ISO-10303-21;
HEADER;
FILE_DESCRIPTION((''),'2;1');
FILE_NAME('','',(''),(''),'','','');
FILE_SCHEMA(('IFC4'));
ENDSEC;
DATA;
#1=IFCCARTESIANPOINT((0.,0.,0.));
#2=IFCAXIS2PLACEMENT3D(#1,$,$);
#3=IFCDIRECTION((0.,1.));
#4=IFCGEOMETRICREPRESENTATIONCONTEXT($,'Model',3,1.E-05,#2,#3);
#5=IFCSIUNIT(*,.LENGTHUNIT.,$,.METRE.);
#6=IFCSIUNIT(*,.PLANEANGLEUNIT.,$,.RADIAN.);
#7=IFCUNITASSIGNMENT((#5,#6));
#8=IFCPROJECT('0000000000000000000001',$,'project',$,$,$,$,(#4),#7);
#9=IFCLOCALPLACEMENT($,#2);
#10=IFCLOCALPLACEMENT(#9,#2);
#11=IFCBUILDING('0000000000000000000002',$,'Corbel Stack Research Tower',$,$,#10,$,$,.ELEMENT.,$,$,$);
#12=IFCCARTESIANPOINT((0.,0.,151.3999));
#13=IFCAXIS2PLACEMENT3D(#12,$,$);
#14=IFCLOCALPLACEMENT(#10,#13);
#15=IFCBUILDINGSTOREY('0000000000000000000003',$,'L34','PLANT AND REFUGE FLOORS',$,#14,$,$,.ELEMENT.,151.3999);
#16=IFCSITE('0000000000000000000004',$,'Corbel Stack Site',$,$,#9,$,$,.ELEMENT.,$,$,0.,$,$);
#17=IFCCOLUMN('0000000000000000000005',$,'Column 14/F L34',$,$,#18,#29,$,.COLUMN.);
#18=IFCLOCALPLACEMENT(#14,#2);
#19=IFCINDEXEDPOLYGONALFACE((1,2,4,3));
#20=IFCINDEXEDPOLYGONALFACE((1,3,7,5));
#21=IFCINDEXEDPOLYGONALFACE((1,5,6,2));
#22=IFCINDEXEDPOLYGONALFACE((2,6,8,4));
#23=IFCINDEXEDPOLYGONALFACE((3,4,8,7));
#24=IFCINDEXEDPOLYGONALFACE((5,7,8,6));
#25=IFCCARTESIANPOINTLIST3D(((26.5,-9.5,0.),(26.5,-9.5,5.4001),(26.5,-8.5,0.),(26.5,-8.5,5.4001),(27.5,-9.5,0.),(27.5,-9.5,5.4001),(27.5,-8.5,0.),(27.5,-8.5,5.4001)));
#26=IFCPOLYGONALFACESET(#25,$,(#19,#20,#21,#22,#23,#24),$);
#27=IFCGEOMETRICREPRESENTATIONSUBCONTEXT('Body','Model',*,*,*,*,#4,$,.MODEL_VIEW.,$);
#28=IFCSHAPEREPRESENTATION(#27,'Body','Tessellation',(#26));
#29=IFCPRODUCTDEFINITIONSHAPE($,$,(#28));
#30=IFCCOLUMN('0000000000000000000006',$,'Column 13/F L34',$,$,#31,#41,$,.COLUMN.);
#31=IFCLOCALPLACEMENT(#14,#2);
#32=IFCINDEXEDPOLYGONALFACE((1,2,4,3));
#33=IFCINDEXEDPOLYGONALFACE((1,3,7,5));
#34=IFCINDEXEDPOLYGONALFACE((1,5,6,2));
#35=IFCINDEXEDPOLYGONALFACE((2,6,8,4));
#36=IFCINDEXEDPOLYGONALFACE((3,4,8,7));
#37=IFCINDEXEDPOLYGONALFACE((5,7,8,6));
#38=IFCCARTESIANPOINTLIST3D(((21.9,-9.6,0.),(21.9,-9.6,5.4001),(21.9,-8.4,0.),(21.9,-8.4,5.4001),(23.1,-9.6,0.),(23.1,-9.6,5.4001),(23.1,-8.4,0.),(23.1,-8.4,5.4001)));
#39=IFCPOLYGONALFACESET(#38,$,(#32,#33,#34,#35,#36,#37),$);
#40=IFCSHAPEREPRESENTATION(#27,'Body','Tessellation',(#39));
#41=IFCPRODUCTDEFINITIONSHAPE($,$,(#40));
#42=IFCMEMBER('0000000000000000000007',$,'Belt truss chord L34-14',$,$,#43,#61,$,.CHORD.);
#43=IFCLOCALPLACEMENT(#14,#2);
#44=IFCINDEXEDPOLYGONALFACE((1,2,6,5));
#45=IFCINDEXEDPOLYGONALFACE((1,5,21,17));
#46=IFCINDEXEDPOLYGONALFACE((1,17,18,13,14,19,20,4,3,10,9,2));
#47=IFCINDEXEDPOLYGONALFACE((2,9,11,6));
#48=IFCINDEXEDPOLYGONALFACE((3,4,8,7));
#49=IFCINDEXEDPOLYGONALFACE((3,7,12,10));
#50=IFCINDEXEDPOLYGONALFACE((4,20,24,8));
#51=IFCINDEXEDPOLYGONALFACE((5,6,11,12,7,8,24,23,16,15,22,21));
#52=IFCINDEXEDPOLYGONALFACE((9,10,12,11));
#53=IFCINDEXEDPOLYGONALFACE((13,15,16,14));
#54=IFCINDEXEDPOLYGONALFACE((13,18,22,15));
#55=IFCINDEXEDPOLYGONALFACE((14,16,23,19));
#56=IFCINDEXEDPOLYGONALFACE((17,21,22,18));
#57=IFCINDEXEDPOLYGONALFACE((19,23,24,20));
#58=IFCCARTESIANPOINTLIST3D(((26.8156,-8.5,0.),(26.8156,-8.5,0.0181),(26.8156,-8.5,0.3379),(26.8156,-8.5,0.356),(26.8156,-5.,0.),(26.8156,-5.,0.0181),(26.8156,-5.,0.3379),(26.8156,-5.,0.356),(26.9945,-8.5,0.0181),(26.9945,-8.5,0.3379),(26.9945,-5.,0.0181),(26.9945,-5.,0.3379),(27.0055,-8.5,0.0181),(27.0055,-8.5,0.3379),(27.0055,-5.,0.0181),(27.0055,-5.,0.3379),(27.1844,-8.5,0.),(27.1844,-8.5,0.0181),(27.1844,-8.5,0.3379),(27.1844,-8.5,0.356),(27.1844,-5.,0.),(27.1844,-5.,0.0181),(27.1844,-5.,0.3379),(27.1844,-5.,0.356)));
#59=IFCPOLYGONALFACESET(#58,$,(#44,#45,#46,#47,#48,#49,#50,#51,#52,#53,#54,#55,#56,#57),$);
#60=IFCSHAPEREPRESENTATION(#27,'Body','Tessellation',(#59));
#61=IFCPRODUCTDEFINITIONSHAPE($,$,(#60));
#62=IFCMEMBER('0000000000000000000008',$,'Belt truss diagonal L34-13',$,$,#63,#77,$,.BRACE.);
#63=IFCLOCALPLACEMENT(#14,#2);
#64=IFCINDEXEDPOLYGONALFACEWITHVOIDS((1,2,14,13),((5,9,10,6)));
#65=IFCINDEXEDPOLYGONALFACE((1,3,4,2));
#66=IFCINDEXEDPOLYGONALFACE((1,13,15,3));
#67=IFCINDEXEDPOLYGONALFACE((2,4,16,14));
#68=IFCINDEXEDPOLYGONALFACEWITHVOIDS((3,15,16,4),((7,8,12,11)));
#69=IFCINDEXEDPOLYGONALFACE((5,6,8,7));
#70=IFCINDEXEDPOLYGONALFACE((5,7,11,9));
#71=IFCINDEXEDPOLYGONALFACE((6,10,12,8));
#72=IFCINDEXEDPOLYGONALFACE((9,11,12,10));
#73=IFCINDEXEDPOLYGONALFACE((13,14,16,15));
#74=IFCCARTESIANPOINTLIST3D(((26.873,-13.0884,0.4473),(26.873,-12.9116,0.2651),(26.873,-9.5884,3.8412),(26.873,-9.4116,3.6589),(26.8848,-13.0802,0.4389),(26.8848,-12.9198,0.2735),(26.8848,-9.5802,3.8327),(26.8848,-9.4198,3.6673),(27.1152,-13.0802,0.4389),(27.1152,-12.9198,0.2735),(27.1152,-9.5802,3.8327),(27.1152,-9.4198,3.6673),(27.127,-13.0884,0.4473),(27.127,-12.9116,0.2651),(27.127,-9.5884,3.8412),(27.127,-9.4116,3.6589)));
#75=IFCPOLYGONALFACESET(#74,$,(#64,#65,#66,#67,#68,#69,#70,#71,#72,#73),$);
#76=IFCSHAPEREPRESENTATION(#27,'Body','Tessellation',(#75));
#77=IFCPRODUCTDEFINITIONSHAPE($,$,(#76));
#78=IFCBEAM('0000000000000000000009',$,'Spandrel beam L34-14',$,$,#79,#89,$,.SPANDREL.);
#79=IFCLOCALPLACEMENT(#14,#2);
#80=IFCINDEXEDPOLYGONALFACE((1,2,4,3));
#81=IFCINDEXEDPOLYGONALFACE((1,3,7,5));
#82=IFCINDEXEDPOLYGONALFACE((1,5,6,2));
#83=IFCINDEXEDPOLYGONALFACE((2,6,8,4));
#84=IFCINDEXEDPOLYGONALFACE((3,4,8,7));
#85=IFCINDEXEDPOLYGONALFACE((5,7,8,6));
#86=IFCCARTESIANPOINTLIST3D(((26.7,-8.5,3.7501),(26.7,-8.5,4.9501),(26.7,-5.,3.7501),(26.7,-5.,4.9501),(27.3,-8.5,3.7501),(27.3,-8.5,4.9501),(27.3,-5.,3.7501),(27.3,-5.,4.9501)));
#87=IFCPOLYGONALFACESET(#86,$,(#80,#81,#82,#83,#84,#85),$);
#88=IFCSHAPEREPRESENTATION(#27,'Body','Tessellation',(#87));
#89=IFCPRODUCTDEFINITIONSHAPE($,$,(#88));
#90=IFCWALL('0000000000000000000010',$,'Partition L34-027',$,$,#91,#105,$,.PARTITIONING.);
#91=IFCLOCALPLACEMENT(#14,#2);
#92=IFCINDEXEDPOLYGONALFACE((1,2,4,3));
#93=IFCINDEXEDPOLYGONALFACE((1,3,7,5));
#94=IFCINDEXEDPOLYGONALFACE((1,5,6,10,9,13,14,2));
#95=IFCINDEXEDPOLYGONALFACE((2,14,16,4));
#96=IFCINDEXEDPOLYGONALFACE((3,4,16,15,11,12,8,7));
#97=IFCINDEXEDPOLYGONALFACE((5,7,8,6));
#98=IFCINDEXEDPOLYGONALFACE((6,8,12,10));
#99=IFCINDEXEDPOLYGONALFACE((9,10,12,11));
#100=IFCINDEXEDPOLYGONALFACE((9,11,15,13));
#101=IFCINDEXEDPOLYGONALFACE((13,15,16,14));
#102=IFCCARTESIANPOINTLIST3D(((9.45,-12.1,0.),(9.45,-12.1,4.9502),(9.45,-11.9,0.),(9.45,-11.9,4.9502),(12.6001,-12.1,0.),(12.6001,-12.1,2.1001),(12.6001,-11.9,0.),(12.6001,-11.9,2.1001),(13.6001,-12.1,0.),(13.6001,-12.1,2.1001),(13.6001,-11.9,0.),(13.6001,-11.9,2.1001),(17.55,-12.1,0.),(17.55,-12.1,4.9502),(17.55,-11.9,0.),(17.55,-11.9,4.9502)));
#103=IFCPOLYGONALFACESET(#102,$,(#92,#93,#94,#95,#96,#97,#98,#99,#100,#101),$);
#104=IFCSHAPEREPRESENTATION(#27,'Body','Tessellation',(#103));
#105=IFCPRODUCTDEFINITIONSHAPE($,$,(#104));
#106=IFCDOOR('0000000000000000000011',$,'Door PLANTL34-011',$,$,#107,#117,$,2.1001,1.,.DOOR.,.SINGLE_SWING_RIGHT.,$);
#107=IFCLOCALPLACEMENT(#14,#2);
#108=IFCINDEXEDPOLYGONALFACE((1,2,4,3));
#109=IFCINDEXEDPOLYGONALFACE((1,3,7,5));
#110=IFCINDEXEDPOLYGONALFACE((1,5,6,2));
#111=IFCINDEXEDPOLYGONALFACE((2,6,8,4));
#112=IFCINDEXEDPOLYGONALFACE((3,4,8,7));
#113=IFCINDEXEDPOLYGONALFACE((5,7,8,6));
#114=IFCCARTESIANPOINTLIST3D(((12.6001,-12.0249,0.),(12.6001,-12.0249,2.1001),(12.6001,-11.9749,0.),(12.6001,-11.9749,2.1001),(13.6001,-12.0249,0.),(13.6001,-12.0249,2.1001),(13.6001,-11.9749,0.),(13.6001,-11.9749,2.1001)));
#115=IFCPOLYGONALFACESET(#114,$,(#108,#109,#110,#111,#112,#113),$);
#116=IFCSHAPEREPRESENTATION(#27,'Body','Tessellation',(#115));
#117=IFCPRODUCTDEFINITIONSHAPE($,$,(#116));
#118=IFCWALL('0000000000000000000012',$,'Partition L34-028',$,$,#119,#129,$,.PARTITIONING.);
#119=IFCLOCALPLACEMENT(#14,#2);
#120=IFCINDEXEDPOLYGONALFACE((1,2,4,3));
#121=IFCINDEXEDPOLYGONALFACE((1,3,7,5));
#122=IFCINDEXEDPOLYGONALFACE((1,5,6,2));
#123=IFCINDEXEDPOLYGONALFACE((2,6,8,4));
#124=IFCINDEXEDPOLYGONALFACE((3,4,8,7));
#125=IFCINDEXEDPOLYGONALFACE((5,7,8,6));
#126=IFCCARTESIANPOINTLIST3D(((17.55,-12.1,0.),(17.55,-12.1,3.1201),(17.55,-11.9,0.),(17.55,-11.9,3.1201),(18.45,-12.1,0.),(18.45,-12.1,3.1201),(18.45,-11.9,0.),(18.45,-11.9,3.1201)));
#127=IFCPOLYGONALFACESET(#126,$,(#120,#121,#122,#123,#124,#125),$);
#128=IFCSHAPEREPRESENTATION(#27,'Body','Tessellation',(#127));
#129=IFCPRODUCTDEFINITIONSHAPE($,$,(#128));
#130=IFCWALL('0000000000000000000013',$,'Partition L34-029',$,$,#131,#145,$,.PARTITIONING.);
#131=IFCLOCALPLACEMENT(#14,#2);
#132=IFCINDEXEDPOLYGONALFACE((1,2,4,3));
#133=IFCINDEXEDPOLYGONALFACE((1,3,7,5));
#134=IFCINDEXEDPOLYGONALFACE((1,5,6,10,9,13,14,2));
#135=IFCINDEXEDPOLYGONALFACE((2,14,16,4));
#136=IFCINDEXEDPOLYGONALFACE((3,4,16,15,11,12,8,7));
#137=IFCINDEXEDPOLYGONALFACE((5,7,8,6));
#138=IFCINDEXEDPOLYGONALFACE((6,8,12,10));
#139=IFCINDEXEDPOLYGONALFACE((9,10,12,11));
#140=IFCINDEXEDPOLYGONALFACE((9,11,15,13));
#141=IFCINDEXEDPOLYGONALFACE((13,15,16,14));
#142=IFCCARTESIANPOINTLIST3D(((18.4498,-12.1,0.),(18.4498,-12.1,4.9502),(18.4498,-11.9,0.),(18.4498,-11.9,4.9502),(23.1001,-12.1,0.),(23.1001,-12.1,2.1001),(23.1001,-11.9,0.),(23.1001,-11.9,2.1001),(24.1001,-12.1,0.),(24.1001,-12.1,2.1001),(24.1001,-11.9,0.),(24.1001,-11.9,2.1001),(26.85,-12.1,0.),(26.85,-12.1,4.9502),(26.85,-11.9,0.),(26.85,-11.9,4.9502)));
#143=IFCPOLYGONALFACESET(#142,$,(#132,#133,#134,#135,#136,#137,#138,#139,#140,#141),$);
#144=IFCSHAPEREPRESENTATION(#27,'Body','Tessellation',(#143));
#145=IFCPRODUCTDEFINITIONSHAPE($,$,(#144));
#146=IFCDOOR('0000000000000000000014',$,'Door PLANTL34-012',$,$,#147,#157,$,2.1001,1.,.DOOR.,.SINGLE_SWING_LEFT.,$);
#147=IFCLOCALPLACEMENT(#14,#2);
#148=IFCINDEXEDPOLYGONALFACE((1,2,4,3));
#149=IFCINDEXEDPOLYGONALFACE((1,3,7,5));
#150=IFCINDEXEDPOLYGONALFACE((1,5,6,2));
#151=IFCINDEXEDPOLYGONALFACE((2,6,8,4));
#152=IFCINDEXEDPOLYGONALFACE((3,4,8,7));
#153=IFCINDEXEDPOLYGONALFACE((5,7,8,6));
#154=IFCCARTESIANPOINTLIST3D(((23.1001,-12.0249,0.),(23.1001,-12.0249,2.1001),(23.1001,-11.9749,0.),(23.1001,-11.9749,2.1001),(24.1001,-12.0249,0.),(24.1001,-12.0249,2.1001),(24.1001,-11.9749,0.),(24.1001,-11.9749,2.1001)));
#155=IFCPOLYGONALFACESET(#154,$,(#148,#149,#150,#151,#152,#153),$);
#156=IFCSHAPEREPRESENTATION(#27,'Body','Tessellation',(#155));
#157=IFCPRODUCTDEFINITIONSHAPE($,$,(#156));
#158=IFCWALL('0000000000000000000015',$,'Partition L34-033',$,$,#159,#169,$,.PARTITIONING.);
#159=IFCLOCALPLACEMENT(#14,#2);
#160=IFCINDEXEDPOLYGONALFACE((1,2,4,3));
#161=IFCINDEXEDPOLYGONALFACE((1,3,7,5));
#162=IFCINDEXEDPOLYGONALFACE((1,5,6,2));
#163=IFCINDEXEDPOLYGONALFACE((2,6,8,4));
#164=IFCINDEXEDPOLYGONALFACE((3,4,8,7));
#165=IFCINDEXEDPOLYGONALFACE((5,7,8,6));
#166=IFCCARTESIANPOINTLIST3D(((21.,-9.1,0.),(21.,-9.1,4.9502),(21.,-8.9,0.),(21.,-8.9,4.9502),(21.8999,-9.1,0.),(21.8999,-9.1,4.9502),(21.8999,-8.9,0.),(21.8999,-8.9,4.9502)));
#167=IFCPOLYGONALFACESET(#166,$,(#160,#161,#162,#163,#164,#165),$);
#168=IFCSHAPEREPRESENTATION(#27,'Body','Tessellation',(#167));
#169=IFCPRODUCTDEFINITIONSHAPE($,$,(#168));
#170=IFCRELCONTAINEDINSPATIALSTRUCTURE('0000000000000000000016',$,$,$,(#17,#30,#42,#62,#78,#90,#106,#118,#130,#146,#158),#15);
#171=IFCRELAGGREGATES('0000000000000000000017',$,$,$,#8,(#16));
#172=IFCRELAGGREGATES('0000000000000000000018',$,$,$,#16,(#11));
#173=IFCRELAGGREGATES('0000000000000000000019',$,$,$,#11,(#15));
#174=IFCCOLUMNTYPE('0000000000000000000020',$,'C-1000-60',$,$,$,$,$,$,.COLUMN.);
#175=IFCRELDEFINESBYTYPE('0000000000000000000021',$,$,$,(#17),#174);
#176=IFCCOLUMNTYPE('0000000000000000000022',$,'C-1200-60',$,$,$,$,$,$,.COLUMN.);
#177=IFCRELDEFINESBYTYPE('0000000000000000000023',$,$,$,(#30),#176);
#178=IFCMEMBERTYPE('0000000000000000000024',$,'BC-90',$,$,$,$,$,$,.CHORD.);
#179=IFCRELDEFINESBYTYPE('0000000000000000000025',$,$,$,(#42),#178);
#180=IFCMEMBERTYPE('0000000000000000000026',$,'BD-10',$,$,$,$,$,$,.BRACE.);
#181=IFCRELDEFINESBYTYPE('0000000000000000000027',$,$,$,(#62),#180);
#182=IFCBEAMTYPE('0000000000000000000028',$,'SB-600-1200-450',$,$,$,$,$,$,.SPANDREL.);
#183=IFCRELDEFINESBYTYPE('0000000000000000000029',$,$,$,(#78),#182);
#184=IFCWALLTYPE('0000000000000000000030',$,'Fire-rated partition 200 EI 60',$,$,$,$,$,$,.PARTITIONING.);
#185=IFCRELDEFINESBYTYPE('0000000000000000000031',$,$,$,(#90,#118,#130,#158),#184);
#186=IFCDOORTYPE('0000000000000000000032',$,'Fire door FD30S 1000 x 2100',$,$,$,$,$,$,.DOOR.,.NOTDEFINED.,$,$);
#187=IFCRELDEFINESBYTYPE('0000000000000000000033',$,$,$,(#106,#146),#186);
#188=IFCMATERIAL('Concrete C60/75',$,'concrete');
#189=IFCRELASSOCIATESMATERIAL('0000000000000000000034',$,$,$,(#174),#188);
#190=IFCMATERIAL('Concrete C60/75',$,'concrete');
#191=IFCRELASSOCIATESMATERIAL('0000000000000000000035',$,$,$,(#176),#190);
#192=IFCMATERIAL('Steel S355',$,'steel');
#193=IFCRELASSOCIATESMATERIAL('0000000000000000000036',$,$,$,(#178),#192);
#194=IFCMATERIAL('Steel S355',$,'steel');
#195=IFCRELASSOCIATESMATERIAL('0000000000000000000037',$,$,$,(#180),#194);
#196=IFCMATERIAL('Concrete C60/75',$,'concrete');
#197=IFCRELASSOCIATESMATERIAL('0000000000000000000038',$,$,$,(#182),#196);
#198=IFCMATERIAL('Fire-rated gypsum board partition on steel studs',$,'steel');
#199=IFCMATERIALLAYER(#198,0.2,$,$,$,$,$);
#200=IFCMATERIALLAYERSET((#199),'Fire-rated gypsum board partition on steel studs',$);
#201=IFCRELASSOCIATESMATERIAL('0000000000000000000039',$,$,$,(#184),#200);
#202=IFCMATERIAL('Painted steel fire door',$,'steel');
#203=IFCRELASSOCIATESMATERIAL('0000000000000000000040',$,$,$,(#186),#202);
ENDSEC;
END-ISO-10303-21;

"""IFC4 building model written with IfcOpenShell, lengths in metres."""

from ifc_helpers import new_model, si_unit, direction, frame, frame_2d, origin, origin_2d, place, context, subcontext, project, spatial, rectangle, hollow_rectangle, i_section, extrude, material, layer, layer_set, material_profile, profile_set, type_object, element, fill, save


model = new_model("IFC4")

# Units and contexts
model_context = context("Model", 3, precision=1e-05, world=origin(), true_north=direction((0.0, 1.0)))
body_context = subcontext(model_context, "Body", "Model", "MODEL_VIEW")
ifc_project = project(units=[si_unit("LENGTHUNIT", "METRE"), si_unit("PLANEANGLEUNIT", "RADIAN")], contexts=[model_context])

# Site, building, storey
site_placement = place(None, origin())
site = spatial("IfcSite", under=ifc_project, at=site_placement, Name="Corbel Stack Site", CompositionType="ELEMENT", RefElevation=0.0)
building_placement = place(site_placement, origin())
building = spatial("IfcBuilding", under=site, at=building_placement, Name="Corbel Stack Research Tower", CompositionType="ELEMENT")
storey_placement = place(building_placement, frame((0.0, 0.0, 151.3999)))
storey = spatial("IfcBuildingStorey", under=building, at=storey_placement, Name="L34", Description="PLANT AND REFUGE FLOORS", CompositionType="ELEMENT", Elevation=151.3999)

# Columns
ifc_material_1 = material(Name="Concrete C60/75", Category="concrete")
ifc_material_profile_1 = material_profile(ifc_material_1, rectangle(XDim=1.0, YDim=1.0, at=origin_2d()), Name="RC 1000 x 1000")
ifc_profile_set_1 = profile_set([ifc_material_profile_1], Name="Concrete C60/75")
column_type_1 = type_object("IfcColumnType", Name="C-1000-60", PredefinedType="COLUMN", material=ifc_profile_set_1)
column_1_placement = place(storey_placement, frame((27.0, -9.0, 0.0), z_axis=(0.0, 0.0, 1.0), x_axis=(1.0, 0.0, 0.0)))
element("IfcColumn", 1, at=column_1_placement, inside=storey, type_object=column_type_1, Name="Column 14/F L34", PredefinedType="COLUMN", context=body_context, shape_type="SweptSolid", body=[
    extrude(rectangle(XDim=1.0, YDim=1.0, at=origin_2d()), origin(), (0.0, 0.0, 1.0), 5.4001),
])
ifc_material_2 = material(Name="Concrete C60/75", Category="concrete")
ifc_material_profile_2 = material_profile(ifc_material_2, rectangle(XDim=1.2, YDim=1.2, at=origin_2d()), Name="RC 1200 x 1200")
ifc_profile_set_2 = profile_set([ifc_material_profile_2], Name="Concrete C60/75")
column_type_2 = type_object("IfcColumnType", Name="C-1200-60", PredefinedType="COLUMN", material=ifc_profile_set_2)
column_2_placement = place(storey_placement, frame((22.5, -9.0, 0.0), z_axis=(0.0, 0.0, 1.0), x_axis=(1.0, 0.0, 0.0)))
element("IfcColumn", 2, at=column_2_placement, inside=storey, type_object=column_type_2, Name="Column 13/F L34", PredefinedType="COLUMN", context=body_context, shape_type="SweptSolid", body=[
    extrude(rectangle(XDim=1.2, YDim=1.2, at=origin_2d()), origin(), (0.0, 0.0, 1.0), 5.4001),
])

# Members
ifc_material_3 = material(Name="Steel S355", Category="steel")
ifc_material_profile_3 = material_profile(ifc_material_3, i_section(OverallWidth=0.3689, OverallDepth=0.356, WebThickness=0.011, FlangeThickness=0.0181, at=origin_2d()), Name="W14x90")
ifc_profile_set_3 = profile_set([ifc_material_profile_3], Name="Steel S355")
member_type_1 = type_object("IfcMemberType", Name="BC-90", PredefinedType="CHORD", material=ifc_profile_set_3)
member_1_placement = place(storey_placement, frame((27.0, -8.5, 0.178), z_axis=(0.0, 1.0, 0.0), x_axis=(-1.0, 0.0, 0.0)))
element("IfcMember", 3, at=member_1_placement, inside=storey, type_object=member_type_1, Name="Belt truss chord L34-14", PredefinedType="CHORD", context=body_context, shape_type="SweptSolid", body=[
    extrude(i_section(OverallWidth=0.3689, OverallDepth=0.356, WebThickness=0.011, FlangeThickness=0.0181, at=origin_2d()), origin(), (0.0, 0.0, 1.0), 3.5),
])
ifc_material_4 = material(Name="Steel S355", Category="steel")
ifc_material_profile_4 = material_profile(ifc_material_4, hollow_rectangle(XDim=0.2539, YDim=0.2539, WallThickness=0.0117, at=origin_2d()), Name="HSS10x10x1/2")
ifc_profile_set_4 = profile_set([ifc_material_profile_4], Name="Steel S355")
member_type_2 = type_object("IfcMemberType", Name="BD-10", PredefinedType="BRACE", material=ifc_profile_set_4)
member_2_placement = place(storey_placement, frame((27.0, -13.0, 0.3562), z_axis=(0.0, 0.717915, 0.696131), x_axis=(-1.0, 0.0, 0.0)))
element("IfcMember", 4, at=member_2_placement, inside=storey, type_object=member_type_2, Name="Belt truss diagonal L34-13", PredefinedType="BRACE", context=body_context, shape_type="SweptSolid", body=[
    extrude(hollow_rectangle(XDim=0.2539, YDim=0.2539, WallThickness=0.0117, at=origin_2d()), origin(), (0.0, 0.0, 1.0), 4.8752),
])

# Beam
ifc_material_5 = material(Name="Concrete C60/75", Category="concrete")
ifc_material_profile_5 = material_profile(ifc_material_5, rectangle(XDim=0.6001, YDim=1.2, at=origin_2d()), Name="RC 600 x 1200")
ifc_profile_set_5 = profile_set([ifc_material_profile_5], Name="Concrete C60/75")
beam_type = type_object("IfcBeamType", Name="SB-600-1200-450", PredefinedType="SPANDREL", material=ifc_profile_set_5)
beam_placement = place(storey_placement, frame((27.0, -8.5, 4.3501), z_axis=(0.0, 1.0, 0.0), x_axis=(-1.0, 0.0, 0.0)))
element("IfcBeam", 5, at=beam_placement, inside=storey, type_object=beam_type, Name="Spandrel beam L34-14", PredefinedType="SPANDREL", context=body_context, shape_type="SweptSolid", body=[
    extrude(rectangle(XDim=0.6001, YDim=1.2, at=origin_2d()), origin(), (0.0, 0.0, 1.0), 3.5),
])

# Wall, opening, door
ifc_material_6 = material(Name="Fire-rated gypsum board partition on steel studs", Category="steel")
ifc_layer_1 = layer(ifc_material_6, 0.2)
ifc_layer_set_1 = layer_set([ifc_layer_1], Name="Fire-rated gypsum board partition on steel studs")
wall_type_1 = type_object("IfcWallType", Name="Fire-rated partition 200 EI 60", PredefinedType="PARTITIONING", material=ifc_layer_set_1)
wall_1_placement = place(storey_placement, frame((17.55, -12.0, 0.0), z_axis=(0.0, 0.0, 1.0), x_axis=(-1.0, 0.0, 0.0)))
wall_1 = element("IfcWall", 6, at=wall_1_placement, inside=storey, type_object=wall_type_1, Name="Partition L34-027", PredefinedType="PARTITIONING", context=body_context, shape_type="SweptSolid", body=[
    extrude(rectangle(XDim=8.1001, YDim=0.2, at=frame_2d((4.05, 0.0))), origin(), (0.0, 0.0, 1.0), 4.9502),
])
opening_1_placement = place(wall_1_placement, frame((3.95, 0.0, 0.0)))
opening_1 = element("IfcOpeningElement", 7, at=opening_1_placement, cuts=wall_1, PredefinedType="OPENING", context=body_context, shape_type="SweptSolid", body=[
    extrude(rectangle(XDim=1.0, YDim=2.1001, at=frame_2d((0.5, 1.05))), frame((0.0, 0.1099, 0.0), z_axis=(0.0, -1.0, 0.0), x_axis=(1.0, 0.0, 0.0)), (0.0, 0.0, 1.0), 0.22),
])
ifc_material_7 = material(Name="Painted steel fire door", Category="steel")
door_type_1 = type_object("IfcDoorType", Name="Fire door FD30S 1000 x 2100", OperationType="NOTDEFINED", PredefinedType="DOOR", material=ifc_material_7)
door_1_placement = place(opening_1_placement, origin())
door_1 = element("IfcDoor", 8, at=door_1_placement, inside=storey, type_object=door_type_1, Name="Door PLANTL34-011", OperationType="SINGLE_SWING_RIGHT", OverallHeight=2.1001, OverallWidth=1.0, PredefinedType="DOOR", context=body_context, shape_type="SweptSolid", body=[
    extrude(rectangle(XDim=1.0, YDim=2.1001, at=frame_2d((0.5, 1.05))), frame((0.0, 0.0249, 0.0), z_axis=(0.0, -1.0, 0.0), x_axis=(1.0, 0.0, 0.0)), (0.0, 0.0, 1.0), 0.05),
])
fill(opening_1, door_1)

# Wall
wall_2_placement = place(storey_placement, frame((17.55, -12.0, 0.0), z_axis=(0.0, 0.0, 1.0), x_axis=(1.0, 0.0, 0.0)))
element("IfcWall", 9, at=wall_2_placement, inside=storey, type_object=wall_type_1, Name="Partition L34-028", PredefinedType="PARTITIONING", context=body_context, shape_type="SweptSolid", body=[
    extrude(rectangle(XDim=0.8999, YDim=0.2, at=frame_2d((0.45, 0.0))), origin(), (0.0, 0.0, 1.0), 3.1201),
])

# Wall, opening, door
wall_3_placement = place(storey_placement, frame((26.8501, -12.0, 0.0), z_axis=(0.0, 0.0, 1.0), x_axis=(-1.0, 0.0, 0.0)))
wall_3 = element("IfcWall", 10, at=wall_3_placement, inside=storey, type_object=wall_type_1, Name="Partition L34-029", PredefinedType="PARTITIONING", context=body_context, shape_type="SweptSolid", body=[
    extrude(rectangle(XDim=8.4001, YDim=0.2, at=frame_2d((4.2002, 0.0))), origin(), (0.0, 0.0, 1.0), 4.9502),
])
opening_2_placement = place(wall_3_placement, frame((2.75, 0.0, 0.0)))
opening_2 = element("IfcOpeningElement", 11, at=opening_2_placement, cuts=wall_3, PredefinedType="OPENING", context=body_context, shape_type="SweptSolid", body=[
    extrude(rectangle(XDim=1.0, YDim=2.1001, at=frame_2d((0.5, 1.05))), frame((0.0, 0.1099, 0.0), z_axis=(0.0, -1.0, 0.0), x_axis=(1.0, 0.0, 0.0)), (0.0, 0.0, 1.0), 0.22),
])
door_2_placement = place(opening_2_placement, origin())
door_2 = element("IfcDoor", 12, at=door_2_placement, inside=storey, type_object=door_type_1, Name="Door PLANTL34-012", OperationType="SINGLE_SWING_LEFT", OverallHeight=2.1001, OverallWidth=1.0, PredefinedType="DOOR", context=body_context, shape_type="SweptSolid", body=[
    extrude(rectangle(XDim=1.0, YDim=2.1001, at=frame_2d((0.5, 1.05))), frame((0.0, 0.0249, 0.0), z_axis=(0.0, -1.0, 0.0), x_axis=(1.0, 0.0, 0.0)), (0.0, 0.0, 1.0), 0.05),
])
fill(opening_2, door_2)

# Wall
wall_4_placement = place(storey_placement, frame((21.0, -9.0, 0.0), z_axis=(0.0, 0.0, 1.0), x_axis=(1.0, 0.0, 0.0)))
element("IfcWall", 13, at=wall_4_placement, inside=storey, type_object=wall_type_1, Name="Partition L34-033", PredefinedType="PARTITIONING", context=body_context, shape_type="SweptSolid", body=[
    extrude(rectangle(XDim=0.8999, YDim=0.2, at=frame_2d((0.45, 0.0))), origin(), (0.0, 0.0, 1.0), 4.9502),
])

save(model, "model.ifc")
